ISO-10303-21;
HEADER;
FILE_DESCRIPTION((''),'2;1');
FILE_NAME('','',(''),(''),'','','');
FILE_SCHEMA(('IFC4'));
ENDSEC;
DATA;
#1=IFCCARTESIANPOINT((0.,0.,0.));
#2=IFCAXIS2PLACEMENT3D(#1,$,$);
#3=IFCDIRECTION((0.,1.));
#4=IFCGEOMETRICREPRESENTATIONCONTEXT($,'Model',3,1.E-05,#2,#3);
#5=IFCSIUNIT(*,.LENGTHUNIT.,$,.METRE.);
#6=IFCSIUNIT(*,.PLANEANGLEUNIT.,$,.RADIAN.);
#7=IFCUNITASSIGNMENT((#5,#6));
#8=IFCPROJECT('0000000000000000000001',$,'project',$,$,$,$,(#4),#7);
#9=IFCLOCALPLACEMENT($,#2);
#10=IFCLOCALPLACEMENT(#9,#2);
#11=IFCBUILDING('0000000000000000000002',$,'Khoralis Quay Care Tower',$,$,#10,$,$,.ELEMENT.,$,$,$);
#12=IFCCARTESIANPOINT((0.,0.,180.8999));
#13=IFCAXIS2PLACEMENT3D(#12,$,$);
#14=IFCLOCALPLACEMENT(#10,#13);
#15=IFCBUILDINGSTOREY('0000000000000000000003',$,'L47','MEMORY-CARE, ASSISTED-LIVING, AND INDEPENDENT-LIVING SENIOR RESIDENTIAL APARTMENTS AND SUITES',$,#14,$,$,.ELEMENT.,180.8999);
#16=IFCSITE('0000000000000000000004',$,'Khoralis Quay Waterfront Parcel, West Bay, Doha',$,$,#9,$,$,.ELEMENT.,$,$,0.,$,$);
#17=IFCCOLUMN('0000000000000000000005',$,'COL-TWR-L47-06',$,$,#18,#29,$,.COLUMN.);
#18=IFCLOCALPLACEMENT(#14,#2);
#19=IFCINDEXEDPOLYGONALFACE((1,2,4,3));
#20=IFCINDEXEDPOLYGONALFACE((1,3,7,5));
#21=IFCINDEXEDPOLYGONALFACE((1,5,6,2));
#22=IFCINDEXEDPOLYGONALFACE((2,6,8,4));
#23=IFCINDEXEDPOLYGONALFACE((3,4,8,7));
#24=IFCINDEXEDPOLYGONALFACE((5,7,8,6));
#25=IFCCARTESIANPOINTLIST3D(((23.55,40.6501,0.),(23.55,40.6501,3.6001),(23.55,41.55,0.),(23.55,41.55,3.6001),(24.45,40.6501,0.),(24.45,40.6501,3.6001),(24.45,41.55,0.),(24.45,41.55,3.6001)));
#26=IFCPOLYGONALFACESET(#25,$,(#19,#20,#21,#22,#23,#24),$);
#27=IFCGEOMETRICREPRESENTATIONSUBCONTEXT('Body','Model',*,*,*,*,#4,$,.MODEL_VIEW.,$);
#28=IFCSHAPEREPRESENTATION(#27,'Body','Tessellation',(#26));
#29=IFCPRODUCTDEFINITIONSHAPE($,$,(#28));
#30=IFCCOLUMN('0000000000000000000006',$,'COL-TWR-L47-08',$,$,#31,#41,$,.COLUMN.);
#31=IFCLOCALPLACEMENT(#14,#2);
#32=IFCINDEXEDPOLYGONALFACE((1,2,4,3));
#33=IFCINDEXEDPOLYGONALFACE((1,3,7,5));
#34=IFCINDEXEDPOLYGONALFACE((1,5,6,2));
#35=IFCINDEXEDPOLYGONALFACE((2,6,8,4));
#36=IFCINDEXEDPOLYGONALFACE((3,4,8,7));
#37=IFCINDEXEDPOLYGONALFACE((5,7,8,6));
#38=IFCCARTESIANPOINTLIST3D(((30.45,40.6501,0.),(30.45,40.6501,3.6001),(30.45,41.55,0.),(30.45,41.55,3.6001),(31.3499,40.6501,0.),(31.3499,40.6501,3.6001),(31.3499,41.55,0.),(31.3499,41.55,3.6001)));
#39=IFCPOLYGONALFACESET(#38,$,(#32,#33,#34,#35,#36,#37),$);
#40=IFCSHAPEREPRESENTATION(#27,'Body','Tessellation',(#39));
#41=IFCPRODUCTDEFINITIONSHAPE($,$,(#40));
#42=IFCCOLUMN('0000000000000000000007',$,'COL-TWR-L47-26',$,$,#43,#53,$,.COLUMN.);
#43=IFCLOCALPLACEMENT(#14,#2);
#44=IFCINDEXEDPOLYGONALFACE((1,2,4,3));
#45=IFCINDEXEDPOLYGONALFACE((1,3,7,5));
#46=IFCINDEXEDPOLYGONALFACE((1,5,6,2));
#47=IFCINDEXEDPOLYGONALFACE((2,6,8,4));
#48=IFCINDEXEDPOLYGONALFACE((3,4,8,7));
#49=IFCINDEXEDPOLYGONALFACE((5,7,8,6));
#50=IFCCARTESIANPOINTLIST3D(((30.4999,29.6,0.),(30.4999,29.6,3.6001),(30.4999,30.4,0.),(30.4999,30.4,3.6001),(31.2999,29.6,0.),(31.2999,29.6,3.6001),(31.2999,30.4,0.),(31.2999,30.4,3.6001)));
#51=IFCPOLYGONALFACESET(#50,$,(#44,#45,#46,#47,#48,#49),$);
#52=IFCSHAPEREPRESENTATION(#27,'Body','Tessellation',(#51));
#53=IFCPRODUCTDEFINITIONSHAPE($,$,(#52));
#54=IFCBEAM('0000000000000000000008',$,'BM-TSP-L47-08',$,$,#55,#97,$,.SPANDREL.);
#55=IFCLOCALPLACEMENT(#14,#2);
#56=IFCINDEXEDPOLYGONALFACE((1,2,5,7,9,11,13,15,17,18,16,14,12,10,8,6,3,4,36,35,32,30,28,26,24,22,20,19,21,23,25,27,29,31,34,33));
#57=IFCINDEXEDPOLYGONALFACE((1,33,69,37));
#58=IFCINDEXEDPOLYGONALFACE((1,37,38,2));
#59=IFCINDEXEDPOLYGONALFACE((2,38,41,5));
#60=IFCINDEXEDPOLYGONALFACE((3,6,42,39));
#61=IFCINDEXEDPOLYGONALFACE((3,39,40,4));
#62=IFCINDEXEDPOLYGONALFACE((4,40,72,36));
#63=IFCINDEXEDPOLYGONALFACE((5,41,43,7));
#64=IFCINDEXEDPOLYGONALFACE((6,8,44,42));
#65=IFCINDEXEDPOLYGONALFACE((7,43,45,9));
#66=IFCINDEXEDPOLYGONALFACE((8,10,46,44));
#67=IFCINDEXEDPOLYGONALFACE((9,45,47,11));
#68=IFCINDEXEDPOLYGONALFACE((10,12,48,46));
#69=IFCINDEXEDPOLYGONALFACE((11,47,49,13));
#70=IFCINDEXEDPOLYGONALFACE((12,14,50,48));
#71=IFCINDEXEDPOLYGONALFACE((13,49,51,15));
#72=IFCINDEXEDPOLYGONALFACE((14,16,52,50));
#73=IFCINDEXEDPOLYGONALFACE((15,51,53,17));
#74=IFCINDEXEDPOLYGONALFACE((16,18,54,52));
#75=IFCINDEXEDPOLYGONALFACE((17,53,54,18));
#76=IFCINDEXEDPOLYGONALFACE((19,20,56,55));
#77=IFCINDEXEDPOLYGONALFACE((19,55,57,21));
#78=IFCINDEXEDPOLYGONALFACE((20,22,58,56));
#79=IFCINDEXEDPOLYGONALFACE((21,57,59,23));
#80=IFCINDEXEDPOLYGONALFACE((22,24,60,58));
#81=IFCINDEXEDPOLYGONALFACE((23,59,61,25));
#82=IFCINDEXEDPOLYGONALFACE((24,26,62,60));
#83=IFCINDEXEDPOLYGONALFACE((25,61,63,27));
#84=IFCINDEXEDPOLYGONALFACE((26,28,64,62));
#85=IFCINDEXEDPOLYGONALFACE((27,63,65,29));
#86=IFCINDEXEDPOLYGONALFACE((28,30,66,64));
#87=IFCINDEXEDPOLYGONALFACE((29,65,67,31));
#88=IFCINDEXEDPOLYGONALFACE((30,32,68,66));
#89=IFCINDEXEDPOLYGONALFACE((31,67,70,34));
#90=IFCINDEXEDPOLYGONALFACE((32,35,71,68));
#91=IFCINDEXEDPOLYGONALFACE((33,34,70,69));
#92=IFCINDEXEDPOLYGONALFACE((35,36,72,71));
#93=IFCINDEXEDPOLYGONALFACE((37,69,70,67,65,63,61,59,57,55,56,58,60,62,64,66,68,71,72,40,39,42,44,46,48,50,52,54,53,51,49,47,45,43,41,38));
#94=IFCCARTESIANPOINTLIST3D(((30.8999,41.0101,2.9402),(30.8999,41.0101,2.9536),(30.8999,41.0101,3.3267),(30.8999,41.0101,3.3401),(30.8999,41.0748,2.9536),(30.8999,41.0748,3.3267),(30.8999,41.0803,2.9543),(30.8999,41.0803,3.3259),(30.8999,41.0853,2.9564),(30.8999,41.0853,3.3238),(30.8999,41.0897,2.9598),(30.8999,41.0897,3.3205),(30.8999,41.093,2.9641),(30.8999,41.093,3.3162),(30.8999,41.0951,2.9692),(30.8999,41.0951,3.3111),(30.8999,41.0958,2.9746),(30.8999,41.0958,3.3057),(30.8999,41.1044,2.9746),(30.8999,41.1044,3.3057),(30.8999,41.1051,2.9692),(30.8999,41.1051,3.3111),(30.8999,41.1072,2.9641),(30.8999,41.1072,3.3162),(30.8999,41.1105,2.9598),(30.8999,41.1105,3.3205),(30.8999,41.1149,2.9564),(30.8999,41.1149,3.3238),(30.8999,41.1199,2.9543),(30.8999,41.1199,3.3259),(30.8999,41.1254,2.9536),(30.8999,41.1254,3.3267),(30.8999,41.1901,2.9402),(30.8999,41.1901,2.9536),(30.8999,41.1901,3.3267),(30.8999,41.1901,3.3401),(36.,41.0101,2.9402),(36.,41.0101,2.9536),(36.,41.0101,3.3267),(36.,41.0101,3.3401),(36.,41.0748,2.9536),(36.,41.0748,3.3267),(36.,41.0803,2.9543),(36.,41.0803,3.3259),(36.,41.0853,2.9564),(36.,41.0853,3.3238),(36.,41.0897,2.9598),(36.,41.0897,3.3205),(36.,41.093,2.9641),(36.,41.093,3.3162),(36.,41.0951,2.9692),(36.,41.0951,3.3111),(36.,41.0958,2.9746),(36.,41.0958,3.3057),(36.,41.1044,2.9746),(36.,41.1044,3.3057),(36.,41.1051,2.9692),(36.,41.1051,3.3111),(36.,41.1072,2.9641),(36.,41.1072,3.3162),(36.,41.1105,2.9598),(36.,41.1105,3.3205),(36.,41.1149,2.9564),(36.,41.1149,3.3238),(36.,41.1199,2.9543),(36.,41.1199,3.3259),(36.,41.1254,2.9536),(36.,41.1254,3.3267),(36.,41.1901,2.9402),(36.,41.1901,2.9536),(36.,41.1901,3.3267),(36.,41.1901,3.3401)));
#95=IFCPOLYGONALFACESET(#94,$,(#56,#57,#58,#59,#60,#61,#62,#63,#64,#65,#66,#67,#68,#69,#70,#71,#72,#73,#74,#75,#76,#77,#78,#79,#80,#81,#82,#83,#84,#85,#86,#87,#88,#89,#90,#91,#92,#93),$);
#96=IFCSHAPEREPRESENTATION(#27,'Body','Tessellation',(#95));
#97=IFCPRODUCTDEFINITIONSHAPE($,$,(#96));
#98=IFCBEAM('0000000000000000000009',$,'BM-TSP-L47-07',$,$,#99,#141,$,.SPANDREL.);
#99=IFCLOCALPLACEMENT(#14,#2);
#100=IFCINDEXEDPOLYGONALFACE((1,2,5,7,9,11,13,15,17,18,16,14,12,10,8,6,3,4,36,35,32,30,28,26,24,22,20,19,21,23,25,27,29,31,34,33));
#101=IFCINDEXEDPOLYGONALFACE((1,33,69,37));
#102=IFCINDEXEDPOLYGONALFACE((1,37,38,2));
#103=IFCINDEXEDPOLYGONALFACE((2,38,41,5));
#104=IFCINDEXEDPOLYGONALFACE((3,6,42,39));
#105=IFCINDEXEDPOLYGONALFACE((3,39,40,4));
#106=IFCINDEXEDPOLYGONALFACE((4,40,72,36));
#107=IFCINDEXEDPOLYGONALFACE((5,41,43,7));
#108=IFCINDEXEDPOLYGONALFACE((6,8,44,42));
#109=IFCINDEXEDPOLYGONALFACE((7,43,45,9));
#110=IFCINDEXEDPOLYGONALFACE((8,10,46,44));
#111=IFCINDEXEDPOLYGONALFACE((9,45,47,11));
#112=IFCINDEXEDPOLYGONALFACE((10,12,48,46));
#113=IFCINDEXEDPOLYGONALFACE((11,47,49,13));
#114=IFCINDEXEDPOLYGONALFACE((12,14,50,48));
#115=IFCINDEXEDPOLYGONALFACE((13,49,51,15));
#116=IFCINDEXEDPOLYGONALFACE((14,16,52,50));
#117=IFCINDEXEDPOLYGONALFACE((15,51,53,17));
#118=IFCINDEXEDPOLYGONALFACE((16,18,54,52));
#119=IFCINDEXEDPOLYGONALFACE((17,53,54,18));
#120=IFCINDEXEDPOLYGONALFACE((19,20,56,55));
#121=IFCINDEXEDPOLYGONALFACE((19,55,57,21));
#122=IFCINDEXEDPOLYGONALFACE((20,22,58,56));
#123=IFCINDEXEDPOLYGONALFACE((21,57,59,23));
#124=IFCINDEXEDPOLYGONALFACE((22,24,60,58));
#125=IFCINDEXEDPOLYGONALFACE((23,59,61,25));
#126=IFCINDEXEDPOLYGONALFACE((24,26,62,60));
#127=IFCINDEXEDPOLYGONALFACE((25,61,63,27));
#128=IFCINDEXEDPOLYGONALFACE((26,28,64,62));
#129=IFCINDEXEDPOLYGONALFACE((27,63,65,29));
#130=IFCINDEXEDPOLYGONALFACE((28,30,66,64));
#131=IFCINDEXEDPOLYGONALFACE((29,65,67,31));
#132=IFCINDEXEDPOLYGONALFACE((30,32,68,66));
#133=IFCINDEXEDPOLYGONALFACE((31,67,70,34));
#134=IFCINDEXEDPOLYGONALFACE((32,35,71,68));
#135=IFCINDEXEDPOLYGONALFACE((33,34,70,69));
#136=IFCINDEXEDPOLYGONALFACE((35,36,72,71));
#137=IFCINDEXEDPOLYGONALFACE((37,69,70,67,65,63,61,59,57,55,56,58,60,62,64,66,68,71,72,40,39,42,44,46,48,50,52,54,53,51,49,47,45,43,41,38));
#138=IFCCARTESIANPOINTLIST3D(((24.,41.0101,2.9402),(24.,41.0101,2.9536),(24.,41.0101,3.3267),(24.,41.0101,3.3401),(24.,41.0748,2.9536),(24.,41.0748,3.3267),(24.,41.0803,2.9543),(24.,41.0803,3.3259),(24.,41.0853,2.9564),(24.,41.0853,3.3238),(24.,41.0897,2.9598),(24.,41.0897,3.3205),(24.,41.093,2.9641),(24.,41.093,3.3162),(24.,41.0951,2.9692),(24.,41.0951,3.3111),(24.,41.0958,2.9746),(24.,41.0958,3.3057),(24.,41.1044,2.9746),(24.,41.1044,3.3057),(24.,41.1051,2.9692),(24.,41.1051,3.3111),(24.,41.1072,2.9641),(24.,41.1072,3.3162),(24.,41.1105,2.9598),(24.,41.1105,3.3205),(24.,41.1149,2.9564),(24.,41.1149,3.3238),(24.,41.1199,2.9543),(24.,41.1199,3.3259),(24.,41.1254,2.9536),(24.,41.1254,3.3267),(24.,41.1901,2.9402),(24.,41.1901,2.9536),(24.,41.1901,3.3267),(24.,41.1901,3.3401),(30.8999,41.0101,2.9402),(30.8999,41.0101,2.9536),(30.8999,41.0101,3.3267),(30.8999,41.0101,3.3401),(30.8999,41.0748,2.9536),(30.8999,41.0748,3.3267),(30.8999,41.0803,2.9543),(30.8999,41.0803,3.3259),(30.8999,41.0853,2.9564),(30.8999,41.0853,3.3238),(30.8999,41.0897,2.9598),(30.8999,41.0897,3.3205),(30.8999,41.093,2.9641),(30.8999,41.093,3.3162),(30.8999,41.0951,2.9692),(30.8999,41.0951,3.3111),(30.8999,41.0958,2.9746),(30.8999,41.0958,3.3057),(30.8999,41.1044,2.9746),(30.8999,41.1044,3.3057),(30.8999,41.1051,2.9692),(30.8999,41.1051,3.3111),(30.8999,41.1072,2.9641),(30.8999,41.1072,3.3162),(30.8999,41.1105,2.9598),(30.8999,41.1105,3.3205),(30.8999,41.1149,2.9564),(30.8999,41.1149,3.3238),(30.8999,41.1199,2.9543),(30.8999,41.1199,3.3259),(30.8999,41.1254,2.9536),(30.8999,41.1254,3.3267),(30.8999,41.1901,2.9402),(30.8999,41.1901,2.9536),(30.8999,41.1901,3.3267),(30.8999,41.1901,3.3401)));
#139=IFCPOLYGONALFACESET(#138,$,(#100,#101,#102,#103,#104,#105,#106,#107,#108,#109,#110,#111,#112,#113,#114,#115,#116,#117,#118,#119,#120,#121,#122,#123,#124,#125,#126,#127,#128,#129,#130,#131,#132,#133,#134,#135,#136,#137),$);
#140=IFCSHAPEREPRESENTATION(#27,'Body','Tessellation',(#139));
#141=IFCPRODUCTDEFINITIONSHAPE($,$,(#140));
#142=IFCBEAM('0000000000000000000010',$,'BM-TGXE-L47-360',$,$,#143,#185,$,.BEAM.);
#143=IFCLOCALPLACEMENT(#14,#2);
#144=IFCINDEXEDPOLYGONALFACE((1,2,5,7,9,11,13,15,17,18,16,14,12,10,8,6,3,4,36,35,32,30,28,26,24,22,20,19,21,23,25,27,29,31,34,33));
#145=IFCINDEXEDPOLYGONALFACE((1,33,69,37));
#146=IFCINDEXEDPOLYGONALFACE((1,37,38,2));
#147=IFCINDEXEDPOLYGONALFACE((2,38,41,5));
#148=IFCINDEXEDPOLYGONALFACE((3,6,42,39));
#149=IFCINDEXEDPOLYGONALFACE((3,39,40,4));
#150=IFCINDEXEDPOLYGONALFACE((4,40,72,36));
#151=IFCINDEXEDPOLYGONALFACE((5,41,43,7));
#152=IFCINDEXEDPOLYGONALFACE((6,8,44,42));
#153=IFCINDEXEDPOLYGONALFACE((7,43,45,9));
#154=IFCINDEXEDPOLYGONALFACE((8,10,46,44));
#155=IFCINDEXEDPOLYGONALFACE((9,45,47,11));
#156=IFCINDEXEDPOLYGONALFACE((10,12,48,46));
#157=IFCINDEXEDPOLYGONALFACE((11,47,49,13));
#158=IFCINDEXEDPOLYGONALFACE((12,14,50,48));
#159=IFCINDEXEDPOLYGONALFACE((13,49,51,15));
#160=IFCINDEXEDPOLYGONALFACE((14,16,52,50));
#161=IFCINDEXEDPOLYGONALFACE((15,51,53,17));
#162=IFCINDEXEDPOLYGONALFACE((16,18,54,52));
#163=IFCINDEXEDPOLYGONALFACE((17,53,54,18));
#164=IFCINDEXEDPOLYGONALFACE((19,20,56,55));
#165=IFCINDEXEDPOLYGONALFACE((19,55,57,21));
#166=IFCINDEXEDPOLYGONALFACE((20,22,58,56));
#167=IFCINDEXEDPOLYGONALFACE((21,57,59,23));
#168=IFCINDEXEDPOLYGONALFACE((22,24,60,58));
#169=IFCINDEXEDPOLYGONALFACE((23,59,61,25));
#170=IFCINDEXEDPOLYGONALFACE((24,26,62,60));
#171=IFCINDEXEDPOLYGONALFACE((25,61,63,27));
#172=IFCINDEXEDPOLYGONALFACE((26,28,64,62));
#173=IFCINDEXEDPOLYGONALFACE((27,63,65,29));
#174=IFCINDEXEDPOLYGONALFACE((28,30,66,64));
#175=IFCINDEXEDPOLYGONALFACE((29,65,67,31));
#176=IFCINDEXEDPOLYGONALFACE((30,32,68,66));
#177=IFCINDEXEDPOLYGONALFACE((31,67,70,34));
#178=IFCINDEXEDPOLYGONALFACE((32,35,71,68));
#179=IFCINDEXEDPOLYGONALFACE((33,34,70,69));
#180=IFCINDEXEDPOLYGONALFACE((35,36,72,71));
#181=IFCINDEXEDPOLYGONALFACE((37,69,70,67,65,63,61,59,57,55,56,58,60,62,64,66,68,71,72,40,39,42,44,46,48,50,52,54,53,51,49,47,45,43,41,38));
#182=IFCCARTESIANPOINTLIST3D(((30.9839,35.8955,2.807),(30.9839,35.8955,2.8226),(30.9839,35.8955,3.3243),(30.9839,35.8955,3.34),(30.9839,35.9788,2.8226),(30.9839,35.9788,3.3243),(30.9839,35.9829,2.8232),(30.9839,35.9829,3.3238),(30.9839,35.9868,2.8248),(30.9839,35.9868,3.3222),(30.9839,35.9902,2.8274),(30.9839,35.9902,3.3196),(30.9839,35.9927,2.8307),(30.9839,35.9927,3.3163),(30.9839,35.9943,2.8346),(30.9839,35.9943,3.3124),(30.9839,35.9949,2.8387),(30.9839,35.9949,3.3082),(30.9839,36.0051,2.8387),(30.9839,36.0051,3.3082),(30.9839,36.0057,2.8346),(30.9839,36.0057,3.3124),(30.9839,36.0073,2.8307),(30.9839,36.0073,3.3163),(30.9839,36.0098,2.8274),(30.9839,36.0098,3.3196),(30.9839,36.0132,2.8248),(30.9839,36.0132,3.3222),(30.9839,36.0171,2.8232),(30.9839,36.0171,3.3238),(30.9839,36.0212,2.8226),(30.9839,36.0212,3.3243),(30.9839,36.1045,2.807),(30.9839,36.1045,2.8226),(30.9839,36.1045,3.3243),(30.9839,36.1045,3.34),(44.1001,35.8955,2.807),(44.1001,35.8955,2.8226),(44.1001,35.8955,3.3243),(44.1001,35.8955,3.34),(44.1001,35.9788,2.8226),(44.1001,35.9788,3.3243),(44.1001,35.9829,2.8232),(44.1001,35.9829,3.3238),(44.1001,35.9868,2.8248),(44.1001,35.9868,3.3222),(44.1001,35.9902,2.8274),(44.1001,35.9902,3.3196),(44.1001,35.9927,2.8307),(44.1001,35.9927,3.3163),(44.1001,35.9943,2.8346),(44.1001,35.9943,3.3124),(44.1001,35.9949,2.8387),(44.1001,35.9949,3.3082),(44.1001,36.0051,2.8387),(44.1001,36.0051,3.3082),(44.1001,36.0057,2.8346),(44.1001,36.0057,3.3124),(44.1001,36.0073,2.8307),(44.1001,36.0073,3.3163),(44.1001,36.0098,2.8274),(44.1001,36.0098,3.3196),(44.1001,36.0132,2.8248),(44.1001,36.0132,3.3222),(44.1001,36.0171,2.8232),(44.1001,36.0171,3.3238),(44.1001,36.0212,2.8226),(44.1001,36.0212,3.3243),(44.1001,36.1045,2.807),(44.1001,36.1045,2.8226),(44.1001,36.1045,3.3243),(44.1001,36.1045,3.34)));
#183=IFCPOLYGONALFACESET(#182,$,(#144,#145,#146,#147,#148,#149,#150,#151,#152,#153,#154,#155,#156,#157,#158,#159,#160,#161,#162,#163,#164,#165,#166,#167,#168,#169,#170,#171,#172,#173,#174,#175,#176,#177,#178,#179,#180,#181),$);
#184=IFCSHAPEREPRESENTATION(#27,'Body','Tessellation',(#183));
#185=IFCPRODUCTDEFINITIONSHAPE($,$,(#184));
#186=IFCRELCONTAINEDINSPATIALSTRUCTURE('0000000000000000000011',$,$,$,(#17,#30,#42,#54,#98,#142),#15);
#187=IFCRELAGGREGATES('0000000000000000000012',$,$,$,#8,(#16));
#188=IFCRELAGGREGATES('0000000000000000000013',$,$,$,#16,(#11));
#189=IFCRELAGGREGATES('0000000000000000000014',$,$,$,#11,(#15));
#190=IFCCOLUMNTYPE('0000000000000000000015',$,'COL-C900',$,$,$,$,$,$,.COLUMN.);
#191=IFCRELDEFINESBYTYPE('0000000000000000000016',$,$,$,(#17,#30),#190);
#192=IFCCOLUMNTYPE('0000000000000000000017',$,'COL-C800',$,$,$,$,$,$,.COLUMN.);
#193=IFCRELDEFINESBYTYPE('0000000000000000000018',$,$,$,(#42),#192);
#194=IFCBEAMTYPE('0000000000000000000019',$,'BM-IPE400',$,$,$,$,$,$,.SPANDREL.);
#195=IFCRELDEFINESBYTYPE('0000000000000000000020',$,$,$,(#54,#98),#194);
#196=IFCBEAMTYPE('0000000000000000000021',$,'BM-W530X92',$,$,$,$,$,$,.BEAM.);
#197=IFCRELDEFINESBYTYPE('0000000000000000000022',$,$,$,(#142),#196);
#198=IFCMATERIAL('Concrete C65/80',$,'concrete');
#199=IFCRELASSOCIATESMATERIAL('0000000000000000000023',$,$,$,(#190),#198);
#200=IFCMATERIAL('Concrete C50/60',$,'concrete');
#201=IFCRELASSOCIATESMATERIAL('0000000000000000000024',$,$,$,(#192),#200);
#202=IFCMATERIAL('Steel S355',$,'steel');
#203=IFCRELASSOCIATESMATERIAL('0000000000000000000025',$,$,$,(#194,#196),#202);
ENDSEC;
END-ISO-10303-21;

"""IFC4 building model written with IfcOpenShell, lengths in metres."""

from ifc_helpers import new_model, si_unit, direction, frame, origin, origin_2d, place, context, subcontext, project, spatial, rectangle, i_section, extrude, source, transform, mapped, material, material_profile, profile_set, type_object, element, save


model = new_model("IFC4")

# Units and contexts
model_context = context("Model", 3, precision=1e-05, world=origin(), true_north=direction((0.0, 1.0)))
body_context = subcontext(model_context, "Body", "Model", "MODEL_VIEW")
ifc_project = project(units=[si_unit("LENGTHUNIT", "METRE"), si_unit("PLANEANGLEUNIT", "RADIAN")], contexts=[model_context])

# Site, building, storey
site_placement = place(None, origin())
site = spatial("IfcSite", under=ifc_project, at=site_placement, Name="Khoralis Quay Waterfront Parcel, West Bay, Doha", CompositionType="ELEMENT", RefElevation=0.0)
building_placement = place(site_placement, origin())
building = spatial("IfcBuilding", under=site, at=building_placement, Name="Khoralis Quay Care Tower", CompositionType="ELEMENT")
storey_placement = place(building_placement, frame((0.0, 0.0, 180.8999)))
storey = spatial("IfcBuildingStorey", under=building, at=storey_placement, Name="L47", Description="MEMORY-CARE, ASSISTED-LIVING, AND INDEPENDENT-LIVING SENIOR RESIDENTIAL APARTMENTS AND SUITES", CompositionType="ELEMENT", Elevation=180.8999)

# Columns
ifc_material_1 = material(Name="Concrete C65/80", Category="concrete")
ifc_material_profile_1 = material_profile(ifc_material_1, rectangle(XDim=0.8999, YDim=0.8999, at=origin_2d()), Name="Concrete C65/80")
ifc_profile_set_1 = profile_set([ifc_material_profile_1], Name="Concrete C65/80")
column_type_1 = type_object("IfcColumnType", Name="COL-C900", PredefinedType="COLUMN", material=ifc_profile_set_1)
shared_shape_1 = source(origin(), body_context, "Body", "SweptSolid", [
    extrude(rectangle(XDim=0.8999, YDim=0.8999, at=origin_2d()), origin(), (0.0, 0.0, 1.0), 3.6001),
])
for number, where, z_axis, x_axis, name in (
    (1, (24.0, 41.1001, 0.0), (0.0, 0.0, 1.0), (1.0, 0.0, 0.0), "COL-TWR-L47-06"),
    (2, (30.8999, 41.1001, 0.0), (0.0, 0.0, 1.0), (1.0, 0.0, 0.0), "COL-TWR-L47-08"),
):
    element("IfcColumn", number, at=place(storey_placement, frame(where, z_axis=z_axis, x_axis=x_axis)), inside=storey, type_object=column_type_1, Name=name, PredefinedType="COLUMN", context=body_context, shape_type="MappedRepresentation", body=[
        mapped(shared_shape_1, transform((0.0, 0.0, 0.0), scale=1.0)),
    ])
ifc_material_2 = material(Name="Concrete C50/60", Category="concrete")
ifc_material_profile_2 = material_profile(ifc_material_2, rectangle(XDim=0.8, YDim=0.8, at=origin_2d()), Name="Concrete C50/60")
ifc_profile_set_2 = profile_set([ifc_material_profile_2], Name="Concrete C50/60")
column_type_2 = type_object("IfcColumnType", Name="COL-C800", PredefinedType="COLUMN", material=ifc_profile_set_2)
shared_shape_2 = source(origin(), body_context, "Body", "SweptSolid", [
    extrude(rectangle(XDim=0.8, YDim=0.8, at=origin_2d()), origin(), (0.0, 0.0, 1.0), 3.6001),
])
column_placement = place(storey_placement, frame((30.8999, 30.0, 0.0), z_axis=(0.0, 0.0, 1.0), x_axis=(1.0, 0.0, 0.0)))
element("IfcColumn", 3, at=column_placement, inside=storey, type_object=column_type_2, Name="COL-TWR-L47-26", PredefinedType="COLUMN", context=body_context, shape_type="MappedRepresentation", body=[
    mapped(shared_shape_2, transform((0.0, 0.0, 0.0), scale=1.0)),
])

# Beams
ifc_material_3 = material(Name="Steel S355", Category="steel")
ifc_material_profile_3 = material_profile(ifc_material_3, i_section(OverallWidth=0.1799, OverallDepth=0.3999, WebThickness=0.0085, FlangeThickness=0.0134, FilletRadius=0.021, at=origin_2d()), Name="Steel S355")
ifc_profile_set_3 = profile_set([ifc_material_profile_3], Name="Steel S355")
beam_type_1 = type_object("IfcBeamType", Name="BM-IPE400", PredefinedType="SPANDREL", material=ifc_profile_set_3)
shared_shape_3 = source(origin(), body_context, "Body", "SweptSolid", [
    extrude(i_section(OverallWidth=0.1799, OverallDepth=0.3999, WebThickness=0.0085, FlangeThickness=0.0134, FilletRadius=0.021, at=origin_2d()), origin(), (0.0, 0.0, 1.0), 5.1001),
])
beam_1_placement = place(storey_placement, frame((30.8999, 41.1001, 3.1401), z_axis=(1.0, 0.0, 0.0), x_axis=(0.0, 1.0, 0.0)))
element("IfcBeam", 4, at=beam_1_placement, inside=storey, type_object=beam_type_1, Name="BM-TSP-L47-08", PredefinedType="SPANDREL", context=body_context, shape_type="MappedRepresentation", body=[
    mapped(shared_shape_3, transform((0.0, 0.0, 0.0), scale=1.0)),
])
shared_shape_4 = source(origin(), body_context, "Body", "SweptSolid", [
    extrude(i_section(OverallWidth=0.1799, OverallDepth=0.3999, WebThickness=0.0085, FlangeThickness=0.0134, FilletRadius=0.021, at=origin_2d()), origin(), (0.0, 0.0, 1.0), 6.8999),
])
beam_2_placement = place(storey_placement, frame((24.0, 41.1001, 3.1401), z_axis=(1.0, 0.0, 0.0), x_axis=(0.0, 1.0, 0.0)))
element("IfcBeam", 5, at=beam_2_placement, inside=storey, type_object=beam_type_1, Name="BM-TSP-L47-07", PredefinedType="SPANDREL", context=body_context, shape_type="MappedRepresentation", body=[
    mapped(shared_shape_4, transform((0.0, 0.0, 0.0), scale=1.0)),
])
ifc_material_profile_4 = material_profile(ifc_material_3, i_section(OverallWidth=0.209, OverallDepth=0.533, WebThickness=0.0103, FlangeThickness=0.0156, FilletRadius=0.0161, at=origin_2d()), Name="Steel S355")
ifc_profile_set_4 = profile_set([ifc_material_profile_4], Name="Steel S355")
beam_type_2 = type_object("IfcBeamType", Name="BM-W530X92", PredefinedType="BEAM", material=ifc_profile_set_4)
shared_shape_5 = source(origin(), body_context, "Body", "SweptSolid", [
    extrude(i_section(OverallWidth=0.209, OverallDepth=0.533, WebThickness=0.0103, FlangeThickness=0.0156, FilletRadius=0.0161, at=origin_2d()), origin(), (0.0, 0.0, 1.0), 13.1162),
])
beam_3_placement = place(storey_placement, frame((30.9839, 36.0, 3.0735), z_axis=(1.0, 0.0, 0.0), x_axis=(0.0, 1.0, 0.0)))
element("IfcBeam", 6, at=beam_3_placement, inside=storey, type_object=beam_type_2, Name="BM-TGXE-L47-360", PredefinedType="BEAM", context=body_context, shape_type="MappedRepresentation", body=[
    mapped(shared_shape_5, transform((0.0, 0.0, 0.0), scale=1.0)),
])

save(model, "model.ifc")
